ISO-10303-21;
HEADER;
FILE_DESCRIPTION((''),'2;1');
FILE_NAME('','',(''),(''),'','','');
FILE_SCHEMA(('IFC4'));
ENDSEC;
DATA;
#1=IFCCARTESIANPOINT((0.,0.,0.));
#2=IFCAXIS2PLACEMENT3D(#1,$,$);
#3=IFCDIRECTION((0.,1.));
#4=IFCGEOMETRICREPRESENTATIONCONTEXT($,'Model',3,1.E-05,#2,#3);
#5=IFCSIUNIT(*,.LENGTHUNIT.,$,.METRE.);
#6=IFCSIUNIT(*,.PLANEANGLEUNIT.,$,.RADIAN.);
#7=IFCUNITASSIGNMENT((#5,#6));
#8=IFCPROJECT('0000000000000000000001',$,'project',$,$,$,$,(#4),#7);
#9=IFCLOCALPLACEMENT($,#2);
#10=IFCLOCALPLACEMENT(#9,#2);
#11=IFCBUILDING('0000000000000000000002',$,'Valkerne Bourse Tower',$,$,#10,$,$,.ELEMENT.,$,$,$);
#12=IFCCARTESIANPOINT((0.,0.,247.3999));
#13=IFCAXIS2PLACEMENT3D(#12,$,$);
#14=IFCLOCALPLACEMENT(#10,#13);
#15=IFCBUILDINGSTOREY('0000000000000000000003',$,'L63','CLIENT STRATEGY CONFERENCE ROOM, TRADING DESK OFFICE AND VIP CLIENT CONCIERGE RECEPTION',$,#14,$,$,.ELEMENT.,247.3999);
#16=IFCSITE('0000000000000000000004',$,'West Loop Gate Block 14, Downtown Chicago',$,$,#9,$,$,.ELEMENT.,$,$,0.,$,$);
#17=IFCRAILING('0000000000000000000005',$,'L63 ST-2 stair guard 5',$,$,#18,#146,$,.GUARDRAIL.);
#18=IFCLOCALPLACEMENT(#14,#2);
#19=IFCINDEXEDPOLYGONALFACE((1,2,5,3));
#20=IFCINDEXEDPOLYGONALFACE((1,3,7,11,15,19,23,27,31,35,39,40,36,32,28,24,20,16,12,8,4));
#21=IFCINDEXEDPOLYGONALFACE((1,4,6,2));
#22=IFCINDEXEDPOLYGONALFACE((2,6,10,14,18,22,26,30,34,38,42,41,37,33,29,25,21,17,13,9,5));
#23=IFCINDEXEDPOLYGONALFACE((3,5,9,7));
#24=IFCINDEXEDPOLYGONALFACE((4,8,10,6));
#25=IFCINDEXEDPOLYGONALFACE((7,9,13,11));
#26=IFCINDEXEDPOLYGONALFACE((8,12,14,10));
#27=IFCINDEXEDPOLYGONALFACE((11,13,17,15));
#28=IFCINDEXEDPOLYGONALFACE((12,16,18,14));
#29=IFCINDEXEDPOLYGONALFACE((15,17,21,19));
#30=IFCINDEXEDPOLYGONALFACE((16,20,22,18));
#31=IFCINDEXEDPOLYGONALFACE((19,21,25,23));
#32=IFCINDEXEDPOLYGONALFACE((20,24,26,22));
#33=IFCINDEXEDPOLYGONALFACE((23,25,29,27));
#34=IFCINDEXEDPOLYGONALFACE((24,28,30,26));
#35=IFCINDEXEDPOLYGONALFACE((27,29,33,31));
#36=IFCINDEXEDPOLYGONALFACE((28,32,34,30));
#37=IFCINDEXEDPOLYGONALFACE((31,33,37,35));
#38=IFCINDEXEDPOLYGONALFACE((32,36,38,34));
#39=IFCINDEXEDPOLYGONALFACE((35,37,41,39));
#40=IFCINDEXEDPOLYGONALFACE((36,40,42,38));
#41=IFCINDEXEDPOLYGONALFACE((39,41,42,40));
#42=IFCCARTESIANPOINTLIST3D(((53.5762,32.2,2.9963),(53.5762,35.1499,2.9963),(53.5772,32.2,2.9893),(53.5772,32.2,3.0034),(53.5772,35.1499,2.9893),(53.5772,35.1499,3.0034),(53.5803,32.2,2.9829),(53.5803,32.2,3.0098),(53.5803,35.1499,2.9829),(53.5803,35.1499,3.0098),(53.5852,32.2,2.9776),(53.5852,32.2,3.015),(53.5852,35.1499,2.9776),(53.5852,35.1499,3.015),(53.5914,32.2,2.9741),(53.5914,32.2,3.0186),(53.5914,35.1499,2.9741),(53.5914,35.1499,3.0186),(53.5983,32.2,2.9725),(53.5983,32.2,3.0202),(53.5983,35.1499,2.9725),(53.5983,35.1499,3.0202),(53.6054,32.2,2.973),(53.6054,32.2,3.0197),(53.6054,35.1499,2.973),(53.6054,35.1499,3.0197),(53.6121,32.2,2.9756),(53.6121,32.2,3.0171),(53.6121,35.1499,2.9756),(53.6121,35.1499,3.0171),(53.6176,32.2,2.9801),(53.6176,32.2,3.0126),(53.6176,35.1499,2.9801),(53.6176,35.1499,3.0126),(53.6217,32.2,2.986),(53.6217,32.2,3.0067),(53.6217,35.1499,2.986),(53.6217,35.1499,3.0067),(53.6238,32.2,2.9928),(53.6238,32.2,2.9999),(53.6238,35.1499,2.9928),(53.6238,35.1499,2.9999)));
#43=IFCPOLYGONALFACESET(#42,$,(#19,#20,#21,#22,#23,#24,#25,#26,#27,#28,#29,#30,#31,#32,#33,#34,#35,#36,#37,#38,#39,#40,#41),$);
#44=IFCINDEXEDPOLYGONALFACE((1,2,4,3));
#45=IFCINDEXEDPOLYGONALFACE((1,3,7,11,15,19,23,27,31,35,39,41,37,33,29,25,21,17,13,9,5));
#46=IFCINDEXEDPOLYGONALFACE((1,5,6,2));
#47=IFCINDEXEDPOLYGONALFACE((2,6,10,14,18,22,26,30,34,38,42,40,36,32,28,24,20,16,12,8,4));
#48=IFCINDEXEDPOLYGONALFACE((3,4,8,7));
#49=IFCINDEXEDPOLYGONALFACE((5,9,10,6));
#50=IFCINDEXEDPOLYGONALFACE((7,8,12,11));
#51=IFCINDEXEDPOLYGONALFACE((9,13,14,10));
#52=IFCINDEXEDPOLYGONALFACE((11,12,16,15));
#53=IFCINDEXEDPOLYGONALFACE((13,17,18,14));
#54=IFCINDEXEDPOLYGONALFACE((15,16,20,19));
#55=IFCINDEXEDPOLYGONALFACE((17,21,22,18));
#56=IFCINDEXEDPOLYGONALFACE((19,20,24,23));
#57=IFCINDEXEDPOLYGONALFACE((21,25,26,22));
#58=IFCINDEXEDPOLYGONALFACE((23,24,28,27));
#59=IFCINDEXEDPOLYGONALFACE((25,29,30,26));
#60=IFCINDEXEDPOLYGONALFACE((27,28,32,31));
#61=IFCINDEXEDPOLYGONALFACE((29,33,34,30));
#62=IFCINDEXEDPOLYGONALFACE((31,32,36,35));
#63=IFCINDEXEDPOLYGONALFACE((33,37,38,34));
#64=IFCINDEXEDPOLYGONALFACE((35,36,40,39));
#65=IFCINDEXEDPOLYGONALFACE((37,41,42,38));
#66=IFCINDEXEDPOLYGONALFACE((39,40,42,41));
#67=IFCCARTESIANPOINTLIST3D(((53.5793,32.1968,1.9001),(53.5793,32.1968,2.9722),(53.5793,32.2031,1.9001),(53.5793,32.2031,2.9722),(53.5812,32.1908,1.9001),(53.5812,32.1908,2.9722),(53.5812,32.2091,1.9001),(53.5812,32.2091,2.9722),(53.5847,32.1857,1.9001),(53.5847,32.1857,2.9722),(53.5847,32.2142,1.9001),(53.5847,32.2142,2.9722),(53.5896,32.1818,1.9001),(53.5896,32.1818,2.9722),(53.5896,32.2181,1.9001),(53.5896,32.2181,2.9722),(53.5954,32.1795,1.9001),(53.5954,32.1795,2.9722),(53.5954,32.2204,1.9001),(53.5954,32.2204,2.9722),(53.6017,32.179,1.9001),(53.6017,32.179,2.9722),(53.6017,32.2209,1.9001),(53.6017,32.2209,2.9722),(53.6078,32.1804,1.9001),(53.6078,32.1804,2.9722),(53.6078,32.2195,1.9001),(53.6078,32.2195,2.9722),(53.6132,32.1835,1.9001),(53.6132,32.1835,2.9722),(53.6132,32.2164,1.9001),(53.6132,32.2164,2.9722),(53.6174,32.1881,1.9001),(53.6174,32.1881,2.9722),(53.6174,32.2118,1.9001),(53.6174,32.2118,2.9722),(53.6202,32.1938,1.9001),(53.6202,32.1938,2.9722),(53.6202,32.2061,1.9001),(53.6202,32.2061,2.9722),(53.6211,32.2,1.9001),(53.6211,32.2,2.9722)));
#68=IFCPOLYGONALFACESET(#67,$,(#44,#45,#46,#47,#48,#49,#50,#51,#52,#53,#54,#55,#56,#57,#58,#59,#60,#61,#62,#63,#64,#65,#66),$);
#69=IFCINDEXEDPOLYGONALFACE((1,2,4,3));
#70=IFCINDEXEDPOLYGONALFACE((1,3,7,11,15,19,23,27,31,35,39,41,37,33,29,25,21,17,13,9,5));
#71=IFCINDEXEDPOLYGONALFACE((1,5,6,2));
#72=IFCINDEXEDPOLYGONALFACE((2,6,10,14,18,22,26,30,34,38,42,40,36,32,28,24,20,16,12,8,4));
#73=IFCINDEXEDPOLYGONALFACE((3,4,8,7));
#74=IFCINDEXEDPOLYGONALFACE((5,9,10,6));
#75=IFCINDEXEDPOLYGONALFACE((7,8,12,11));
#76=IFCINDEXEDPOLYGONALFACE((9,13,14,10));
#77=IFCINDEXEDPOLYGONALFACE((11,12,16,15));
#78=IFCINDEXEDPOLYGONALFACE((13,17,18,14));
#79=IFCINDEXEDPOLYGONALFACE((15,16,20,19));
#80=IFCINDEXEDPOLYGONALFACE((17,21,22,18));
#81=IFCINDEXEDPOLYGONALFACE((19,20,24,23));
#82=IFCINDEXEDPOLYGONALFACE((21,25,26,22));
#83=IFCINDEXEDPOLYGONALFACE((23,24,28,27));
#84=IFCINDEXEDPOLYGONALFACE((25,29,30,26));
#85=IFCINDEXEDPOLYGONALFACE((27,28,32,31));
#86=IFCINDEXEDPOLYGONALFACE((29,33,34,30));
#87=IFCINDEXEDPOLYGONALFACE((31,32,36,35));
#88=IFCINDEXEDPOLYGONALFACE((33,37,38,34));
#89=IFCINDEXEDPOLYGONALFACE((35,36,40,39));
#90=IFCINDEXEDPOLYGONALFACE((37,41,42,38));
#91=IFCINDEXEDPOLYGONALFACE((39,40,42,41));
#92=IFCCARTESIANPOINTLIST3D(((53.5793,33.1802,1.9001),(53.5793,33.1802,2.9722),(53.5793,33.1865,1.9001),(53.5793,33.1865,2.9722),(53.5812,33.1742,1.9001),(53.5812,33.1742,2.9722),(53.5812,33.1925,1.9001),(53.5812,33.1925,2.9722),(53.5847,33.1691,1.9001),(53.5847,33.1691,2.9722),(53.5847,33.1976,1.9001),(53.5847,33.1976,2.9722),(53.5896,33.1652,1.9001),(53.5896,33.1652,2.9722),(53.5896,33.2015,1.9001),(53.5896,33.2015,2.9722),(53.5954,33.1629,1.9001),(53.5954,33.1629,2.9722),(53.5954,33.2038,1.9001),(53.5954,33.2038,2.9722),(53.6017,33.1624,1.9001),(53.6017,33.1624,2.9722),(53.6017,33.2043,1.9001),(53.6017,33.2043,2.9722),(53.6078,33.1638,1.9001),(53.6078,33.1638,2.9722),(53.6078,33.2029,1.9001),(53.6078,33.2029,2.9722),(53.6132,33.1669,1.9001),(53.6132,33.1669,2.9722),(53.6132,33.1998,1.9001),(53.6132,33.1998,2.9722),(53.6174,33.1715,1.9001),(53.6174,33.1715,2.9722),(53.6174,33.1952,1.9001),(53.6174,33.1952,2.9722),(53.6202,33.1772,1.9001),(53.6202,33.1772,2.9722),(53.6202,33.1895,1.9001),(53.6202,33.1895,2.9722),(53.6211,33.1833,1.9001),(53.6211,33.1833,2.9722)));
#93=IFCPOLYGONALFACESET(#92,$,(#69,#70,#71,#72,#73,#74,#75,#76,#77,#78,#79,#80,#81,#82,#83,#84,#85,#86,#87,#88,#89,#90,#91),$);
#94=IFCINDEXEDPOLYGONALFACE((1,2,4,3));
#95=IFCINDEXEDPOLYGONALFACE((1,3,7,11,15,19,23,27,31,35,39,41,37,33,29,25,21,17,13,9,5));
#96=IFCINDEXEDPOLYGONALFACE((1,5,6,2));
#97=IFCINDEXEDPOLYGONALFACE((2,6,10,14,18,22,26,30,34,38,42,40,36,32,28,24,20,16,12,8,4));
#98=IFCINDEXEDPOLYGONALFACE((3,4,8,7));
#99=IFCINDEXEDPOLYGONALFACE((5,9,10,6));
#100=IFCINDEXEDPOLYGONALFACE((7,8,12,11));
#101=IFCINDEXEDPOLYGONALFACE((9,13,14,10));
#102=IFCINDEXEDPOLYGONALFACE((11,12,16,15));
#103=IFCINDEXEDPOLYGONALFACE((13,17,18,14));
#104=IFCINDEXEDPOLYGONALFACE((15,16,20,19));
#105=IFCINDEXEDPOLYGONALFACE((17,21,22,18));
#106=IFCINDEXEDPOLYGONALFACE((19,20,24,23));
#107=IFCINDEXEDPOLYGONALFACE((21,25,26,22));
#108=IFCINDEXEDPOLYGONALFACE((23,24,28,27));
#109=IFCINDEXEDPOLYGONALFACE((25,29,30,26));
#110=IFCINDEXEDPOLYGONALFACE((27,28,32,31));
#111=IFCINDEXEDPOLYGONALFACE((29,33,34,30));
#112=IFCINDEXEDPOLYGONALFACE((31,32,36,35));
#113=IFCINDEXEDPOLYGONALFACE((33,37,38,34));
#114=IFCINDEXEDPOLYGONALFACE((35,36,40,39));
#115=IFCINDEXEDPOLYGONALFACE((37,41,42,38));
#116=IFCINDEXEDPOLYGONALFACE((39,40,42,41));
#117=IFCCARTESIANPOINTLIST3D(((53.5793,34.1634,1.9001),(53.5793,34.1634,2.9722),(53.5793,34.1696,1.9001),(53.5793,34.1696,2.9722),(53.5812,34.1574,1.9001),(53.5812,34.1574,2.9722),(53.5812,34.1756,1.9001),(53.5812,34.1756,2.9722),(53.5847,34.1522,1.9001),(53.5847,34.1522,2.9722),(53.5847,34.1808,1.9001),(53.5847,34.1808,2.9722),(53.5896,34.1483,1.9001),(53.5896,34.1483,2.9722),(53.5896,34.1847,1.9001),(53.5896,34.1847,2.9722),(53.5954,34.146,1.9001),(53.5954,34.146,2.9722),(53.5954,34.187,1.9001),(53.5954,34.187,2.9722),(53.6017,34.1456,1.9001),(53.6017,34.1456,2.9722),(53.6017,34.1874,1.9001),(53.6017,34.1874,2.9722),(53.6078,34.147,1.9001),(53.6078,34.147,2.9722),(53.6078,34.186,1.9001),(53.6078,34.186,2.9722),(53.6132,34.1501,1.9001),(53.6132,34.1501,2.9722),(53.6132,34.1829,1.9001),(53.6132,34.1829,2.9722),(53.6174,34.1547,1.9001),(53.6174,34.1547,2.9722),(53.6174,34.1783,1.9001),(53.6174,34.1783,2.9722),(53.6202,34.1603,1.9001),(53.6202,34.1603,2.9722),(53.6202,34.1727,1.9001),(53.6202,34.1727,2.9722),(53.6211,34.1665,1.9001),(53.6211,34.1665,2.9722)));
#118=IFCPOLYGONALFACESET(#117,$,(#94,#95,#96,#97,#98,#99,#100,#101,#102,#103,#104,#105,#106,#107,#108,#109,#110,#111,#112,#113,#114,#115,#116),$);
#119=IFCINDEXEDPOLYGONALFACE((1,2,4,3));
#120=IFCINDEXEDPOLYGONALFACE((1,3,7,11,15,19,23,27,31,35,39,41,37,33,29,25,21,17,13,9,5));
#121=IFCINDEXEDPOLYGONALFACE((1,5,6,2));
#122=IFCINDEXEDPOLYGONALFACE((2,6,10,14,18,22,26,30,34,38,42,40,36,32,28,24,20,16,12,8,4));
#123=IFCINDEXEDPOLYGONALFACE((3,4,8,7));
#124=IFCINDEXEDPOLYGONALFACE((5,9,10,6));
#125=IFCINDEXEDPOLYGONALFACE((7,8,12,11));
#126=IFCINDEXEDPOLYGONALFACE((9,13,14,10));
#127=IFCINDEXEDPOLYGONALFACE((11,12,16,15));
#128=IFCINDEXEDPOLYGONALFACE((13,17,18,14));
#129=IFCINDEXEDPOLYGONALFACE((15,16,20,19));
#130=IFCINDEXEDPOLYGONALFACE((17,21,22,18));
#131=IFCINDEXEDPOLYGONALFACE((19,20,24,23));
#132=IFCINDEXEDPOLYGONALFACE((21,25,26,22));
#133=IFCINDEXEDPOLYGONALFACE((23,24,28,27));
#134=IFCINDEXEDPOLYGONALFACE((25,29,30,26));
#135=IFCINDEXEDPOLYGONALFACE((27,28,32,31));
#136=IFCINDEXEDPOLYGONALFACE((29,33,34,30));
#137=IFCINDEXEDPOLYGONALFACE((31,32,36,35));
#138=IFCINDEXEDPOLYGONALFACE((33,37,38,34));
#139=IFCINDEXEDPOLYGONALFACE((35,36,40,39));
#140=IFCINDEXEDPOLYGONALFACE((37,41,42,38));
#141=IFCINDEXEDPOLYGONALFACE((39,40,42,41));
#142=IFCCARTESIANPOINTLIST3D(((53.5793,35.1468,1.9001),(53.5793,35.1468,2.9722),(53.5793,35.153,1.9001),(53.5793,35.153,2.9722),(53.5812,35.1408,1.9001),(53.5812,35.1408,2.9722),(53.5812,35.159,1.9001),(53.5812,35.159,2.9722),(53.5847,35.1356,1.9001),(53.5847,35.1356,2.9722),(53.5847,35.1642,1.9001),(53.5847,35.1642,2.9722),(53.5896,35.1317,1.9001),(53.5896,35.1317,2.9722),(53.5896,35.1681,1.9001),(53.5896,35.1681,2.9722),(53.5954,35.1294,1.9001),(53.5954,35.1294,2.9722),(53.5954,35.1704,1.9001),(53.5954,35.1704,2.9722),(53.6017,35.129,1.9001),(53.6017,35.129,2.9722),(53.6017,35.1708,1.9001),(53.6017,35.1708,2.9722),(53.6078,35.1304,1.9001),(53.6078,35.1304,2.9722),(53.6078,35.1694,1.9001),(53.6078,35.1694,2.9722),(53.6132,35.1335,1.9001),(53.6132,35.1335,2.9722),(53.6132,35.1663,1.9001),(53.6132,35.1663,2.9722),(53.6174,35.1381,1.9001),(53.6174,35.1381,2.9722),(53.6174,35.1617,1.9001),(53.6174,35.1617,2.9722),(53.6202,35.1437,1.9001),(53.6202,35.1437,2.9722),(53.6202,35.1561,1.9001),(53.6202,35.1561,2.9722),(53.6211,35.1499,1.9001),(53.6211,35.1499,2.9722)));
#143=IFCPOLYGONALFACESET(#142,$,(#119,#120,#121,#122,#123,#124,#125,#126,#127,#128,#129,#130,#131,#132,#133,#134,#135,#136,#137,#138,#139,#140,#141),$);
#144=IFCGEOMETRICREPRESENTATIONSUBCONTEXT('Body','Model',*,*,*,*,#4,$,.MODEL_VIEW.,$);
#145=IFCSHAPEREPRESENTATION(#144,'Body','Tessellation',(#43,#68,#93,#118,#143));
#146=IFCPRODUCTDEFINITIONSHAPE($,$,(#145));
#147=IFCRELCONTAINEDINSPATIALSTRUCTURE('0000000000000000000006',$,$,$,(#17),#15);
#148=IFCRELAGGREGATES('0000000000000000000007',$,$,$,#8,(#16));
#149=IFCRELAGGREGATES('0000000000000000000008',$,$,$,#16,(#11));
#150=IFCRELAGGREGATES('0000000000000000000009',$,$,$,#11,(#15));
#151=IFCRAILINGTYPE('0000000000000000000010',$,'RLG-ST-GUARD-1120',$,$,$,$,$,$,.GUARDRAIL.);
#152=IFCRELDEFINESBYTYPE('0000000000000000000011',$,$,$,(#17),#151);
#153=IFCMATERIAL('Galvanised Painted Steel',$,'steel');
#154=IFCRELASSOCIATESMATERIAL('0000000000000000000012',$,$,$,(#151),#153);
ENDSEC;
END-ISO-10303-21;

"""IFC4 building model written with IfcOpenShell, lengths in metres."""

from ifc_helpers import new_model, si_unit, direction, frame, origin, origin_2d, place, context, subcontext, project, spatial, circle, extrude, material, type_object, element, save


model = new_model("IFC4")

# Units and contexts
model_context = context("Model", 3, precision=1e-05, world=origin(), true_north=direction((0.0, 1.0)))
body_context = subcontext(model_context, "Body", "Model", "MODEL_VIEW")
ifc_project = project(units=[si_unit("LENGTHUNIT", "METRE"), si_unit("PLANEANGLEUNIT", "RADIAN")], contexts=[model_context])

# Site, building, storey
site_placement = place(None, origin())
site = spatial("IfcSite", under=ifc_project, at=site_placement, Name="West Loop Gate Block 14, Downtown Chicago", CompositionType="ELEMENT", RefElevation=0.0)
building_placement = place(site_placement, origin())
building = spatial("IfcBuilding", under=site, at=building_placement, Name="Valkerne Bourse Tower", CompositionType="ELEMENT")
storey_placement = place(building_placement, frame((0.0, 0.0, 247.3999)))
storey = spatial("IfcBuildingStorey", under=building, at=storey_placement, Name="L63", Description="CLIENT STRATEGY CONFERENCE ROOM, TRADING DESK OFFICE AND VIP CLIENT CONCIERGE RECEPTION", CompositionType="ELEMENT", Elevation=247.3999)

# Shared definitions
ifc_material_1 = material(Name="Galvanised Painted Steel", Category="steel")

# Railing
railing_type_1 = type_object("IfcRailingType", Name="RLG-ST-GUARD-1120", PredefinedType="GUARDRAIL", material=ifc_material_1)
railing_1_placement = place(storey_placement, frame((53.6001, 32.2, 1.9001)))
element("IfcRailing", 1, at=railing_1_placement, inside=storey, type_object=railing_type_1, Name="L63 ST-2 stair guard 5", PredefinedType="GUARDRAIL", context=body_context, shape_type="SweptSolid", body=[
    extrude(circle(Radius=0.0239, at=origin_2d()), frame((0.0, 0.0, 1.0962), z_axis=(0.0, 1.0, 0.0), x_axis=(-1.0, 0.0, 0.0)), (0.0, 0.0, 1.0), 2.95),
    extrude(circle(Radius=0.021, at=origin_2d()), origin(), (0.0, 0.0, 1.0), 1.072),
    extrude(circle(Radius=0.021, at=origin_2d()), frame((0.0, 0.9834, 0.0)), (0.0, 0.0, 1.0), 1.072),
    extrude(circle(Radius=0.021, at=origin_2d()), frame((0.0, 1.9666, 0.0)), (0.0, 0.0, 1.0), 1.072),
    extrude(circle(Radius=0.021, at=origin_2d()), frame((0.0, 2.95, 0.0)), (0.0, 0.0, 1.0), 1.072),
])

save(model, "model.ifc")
